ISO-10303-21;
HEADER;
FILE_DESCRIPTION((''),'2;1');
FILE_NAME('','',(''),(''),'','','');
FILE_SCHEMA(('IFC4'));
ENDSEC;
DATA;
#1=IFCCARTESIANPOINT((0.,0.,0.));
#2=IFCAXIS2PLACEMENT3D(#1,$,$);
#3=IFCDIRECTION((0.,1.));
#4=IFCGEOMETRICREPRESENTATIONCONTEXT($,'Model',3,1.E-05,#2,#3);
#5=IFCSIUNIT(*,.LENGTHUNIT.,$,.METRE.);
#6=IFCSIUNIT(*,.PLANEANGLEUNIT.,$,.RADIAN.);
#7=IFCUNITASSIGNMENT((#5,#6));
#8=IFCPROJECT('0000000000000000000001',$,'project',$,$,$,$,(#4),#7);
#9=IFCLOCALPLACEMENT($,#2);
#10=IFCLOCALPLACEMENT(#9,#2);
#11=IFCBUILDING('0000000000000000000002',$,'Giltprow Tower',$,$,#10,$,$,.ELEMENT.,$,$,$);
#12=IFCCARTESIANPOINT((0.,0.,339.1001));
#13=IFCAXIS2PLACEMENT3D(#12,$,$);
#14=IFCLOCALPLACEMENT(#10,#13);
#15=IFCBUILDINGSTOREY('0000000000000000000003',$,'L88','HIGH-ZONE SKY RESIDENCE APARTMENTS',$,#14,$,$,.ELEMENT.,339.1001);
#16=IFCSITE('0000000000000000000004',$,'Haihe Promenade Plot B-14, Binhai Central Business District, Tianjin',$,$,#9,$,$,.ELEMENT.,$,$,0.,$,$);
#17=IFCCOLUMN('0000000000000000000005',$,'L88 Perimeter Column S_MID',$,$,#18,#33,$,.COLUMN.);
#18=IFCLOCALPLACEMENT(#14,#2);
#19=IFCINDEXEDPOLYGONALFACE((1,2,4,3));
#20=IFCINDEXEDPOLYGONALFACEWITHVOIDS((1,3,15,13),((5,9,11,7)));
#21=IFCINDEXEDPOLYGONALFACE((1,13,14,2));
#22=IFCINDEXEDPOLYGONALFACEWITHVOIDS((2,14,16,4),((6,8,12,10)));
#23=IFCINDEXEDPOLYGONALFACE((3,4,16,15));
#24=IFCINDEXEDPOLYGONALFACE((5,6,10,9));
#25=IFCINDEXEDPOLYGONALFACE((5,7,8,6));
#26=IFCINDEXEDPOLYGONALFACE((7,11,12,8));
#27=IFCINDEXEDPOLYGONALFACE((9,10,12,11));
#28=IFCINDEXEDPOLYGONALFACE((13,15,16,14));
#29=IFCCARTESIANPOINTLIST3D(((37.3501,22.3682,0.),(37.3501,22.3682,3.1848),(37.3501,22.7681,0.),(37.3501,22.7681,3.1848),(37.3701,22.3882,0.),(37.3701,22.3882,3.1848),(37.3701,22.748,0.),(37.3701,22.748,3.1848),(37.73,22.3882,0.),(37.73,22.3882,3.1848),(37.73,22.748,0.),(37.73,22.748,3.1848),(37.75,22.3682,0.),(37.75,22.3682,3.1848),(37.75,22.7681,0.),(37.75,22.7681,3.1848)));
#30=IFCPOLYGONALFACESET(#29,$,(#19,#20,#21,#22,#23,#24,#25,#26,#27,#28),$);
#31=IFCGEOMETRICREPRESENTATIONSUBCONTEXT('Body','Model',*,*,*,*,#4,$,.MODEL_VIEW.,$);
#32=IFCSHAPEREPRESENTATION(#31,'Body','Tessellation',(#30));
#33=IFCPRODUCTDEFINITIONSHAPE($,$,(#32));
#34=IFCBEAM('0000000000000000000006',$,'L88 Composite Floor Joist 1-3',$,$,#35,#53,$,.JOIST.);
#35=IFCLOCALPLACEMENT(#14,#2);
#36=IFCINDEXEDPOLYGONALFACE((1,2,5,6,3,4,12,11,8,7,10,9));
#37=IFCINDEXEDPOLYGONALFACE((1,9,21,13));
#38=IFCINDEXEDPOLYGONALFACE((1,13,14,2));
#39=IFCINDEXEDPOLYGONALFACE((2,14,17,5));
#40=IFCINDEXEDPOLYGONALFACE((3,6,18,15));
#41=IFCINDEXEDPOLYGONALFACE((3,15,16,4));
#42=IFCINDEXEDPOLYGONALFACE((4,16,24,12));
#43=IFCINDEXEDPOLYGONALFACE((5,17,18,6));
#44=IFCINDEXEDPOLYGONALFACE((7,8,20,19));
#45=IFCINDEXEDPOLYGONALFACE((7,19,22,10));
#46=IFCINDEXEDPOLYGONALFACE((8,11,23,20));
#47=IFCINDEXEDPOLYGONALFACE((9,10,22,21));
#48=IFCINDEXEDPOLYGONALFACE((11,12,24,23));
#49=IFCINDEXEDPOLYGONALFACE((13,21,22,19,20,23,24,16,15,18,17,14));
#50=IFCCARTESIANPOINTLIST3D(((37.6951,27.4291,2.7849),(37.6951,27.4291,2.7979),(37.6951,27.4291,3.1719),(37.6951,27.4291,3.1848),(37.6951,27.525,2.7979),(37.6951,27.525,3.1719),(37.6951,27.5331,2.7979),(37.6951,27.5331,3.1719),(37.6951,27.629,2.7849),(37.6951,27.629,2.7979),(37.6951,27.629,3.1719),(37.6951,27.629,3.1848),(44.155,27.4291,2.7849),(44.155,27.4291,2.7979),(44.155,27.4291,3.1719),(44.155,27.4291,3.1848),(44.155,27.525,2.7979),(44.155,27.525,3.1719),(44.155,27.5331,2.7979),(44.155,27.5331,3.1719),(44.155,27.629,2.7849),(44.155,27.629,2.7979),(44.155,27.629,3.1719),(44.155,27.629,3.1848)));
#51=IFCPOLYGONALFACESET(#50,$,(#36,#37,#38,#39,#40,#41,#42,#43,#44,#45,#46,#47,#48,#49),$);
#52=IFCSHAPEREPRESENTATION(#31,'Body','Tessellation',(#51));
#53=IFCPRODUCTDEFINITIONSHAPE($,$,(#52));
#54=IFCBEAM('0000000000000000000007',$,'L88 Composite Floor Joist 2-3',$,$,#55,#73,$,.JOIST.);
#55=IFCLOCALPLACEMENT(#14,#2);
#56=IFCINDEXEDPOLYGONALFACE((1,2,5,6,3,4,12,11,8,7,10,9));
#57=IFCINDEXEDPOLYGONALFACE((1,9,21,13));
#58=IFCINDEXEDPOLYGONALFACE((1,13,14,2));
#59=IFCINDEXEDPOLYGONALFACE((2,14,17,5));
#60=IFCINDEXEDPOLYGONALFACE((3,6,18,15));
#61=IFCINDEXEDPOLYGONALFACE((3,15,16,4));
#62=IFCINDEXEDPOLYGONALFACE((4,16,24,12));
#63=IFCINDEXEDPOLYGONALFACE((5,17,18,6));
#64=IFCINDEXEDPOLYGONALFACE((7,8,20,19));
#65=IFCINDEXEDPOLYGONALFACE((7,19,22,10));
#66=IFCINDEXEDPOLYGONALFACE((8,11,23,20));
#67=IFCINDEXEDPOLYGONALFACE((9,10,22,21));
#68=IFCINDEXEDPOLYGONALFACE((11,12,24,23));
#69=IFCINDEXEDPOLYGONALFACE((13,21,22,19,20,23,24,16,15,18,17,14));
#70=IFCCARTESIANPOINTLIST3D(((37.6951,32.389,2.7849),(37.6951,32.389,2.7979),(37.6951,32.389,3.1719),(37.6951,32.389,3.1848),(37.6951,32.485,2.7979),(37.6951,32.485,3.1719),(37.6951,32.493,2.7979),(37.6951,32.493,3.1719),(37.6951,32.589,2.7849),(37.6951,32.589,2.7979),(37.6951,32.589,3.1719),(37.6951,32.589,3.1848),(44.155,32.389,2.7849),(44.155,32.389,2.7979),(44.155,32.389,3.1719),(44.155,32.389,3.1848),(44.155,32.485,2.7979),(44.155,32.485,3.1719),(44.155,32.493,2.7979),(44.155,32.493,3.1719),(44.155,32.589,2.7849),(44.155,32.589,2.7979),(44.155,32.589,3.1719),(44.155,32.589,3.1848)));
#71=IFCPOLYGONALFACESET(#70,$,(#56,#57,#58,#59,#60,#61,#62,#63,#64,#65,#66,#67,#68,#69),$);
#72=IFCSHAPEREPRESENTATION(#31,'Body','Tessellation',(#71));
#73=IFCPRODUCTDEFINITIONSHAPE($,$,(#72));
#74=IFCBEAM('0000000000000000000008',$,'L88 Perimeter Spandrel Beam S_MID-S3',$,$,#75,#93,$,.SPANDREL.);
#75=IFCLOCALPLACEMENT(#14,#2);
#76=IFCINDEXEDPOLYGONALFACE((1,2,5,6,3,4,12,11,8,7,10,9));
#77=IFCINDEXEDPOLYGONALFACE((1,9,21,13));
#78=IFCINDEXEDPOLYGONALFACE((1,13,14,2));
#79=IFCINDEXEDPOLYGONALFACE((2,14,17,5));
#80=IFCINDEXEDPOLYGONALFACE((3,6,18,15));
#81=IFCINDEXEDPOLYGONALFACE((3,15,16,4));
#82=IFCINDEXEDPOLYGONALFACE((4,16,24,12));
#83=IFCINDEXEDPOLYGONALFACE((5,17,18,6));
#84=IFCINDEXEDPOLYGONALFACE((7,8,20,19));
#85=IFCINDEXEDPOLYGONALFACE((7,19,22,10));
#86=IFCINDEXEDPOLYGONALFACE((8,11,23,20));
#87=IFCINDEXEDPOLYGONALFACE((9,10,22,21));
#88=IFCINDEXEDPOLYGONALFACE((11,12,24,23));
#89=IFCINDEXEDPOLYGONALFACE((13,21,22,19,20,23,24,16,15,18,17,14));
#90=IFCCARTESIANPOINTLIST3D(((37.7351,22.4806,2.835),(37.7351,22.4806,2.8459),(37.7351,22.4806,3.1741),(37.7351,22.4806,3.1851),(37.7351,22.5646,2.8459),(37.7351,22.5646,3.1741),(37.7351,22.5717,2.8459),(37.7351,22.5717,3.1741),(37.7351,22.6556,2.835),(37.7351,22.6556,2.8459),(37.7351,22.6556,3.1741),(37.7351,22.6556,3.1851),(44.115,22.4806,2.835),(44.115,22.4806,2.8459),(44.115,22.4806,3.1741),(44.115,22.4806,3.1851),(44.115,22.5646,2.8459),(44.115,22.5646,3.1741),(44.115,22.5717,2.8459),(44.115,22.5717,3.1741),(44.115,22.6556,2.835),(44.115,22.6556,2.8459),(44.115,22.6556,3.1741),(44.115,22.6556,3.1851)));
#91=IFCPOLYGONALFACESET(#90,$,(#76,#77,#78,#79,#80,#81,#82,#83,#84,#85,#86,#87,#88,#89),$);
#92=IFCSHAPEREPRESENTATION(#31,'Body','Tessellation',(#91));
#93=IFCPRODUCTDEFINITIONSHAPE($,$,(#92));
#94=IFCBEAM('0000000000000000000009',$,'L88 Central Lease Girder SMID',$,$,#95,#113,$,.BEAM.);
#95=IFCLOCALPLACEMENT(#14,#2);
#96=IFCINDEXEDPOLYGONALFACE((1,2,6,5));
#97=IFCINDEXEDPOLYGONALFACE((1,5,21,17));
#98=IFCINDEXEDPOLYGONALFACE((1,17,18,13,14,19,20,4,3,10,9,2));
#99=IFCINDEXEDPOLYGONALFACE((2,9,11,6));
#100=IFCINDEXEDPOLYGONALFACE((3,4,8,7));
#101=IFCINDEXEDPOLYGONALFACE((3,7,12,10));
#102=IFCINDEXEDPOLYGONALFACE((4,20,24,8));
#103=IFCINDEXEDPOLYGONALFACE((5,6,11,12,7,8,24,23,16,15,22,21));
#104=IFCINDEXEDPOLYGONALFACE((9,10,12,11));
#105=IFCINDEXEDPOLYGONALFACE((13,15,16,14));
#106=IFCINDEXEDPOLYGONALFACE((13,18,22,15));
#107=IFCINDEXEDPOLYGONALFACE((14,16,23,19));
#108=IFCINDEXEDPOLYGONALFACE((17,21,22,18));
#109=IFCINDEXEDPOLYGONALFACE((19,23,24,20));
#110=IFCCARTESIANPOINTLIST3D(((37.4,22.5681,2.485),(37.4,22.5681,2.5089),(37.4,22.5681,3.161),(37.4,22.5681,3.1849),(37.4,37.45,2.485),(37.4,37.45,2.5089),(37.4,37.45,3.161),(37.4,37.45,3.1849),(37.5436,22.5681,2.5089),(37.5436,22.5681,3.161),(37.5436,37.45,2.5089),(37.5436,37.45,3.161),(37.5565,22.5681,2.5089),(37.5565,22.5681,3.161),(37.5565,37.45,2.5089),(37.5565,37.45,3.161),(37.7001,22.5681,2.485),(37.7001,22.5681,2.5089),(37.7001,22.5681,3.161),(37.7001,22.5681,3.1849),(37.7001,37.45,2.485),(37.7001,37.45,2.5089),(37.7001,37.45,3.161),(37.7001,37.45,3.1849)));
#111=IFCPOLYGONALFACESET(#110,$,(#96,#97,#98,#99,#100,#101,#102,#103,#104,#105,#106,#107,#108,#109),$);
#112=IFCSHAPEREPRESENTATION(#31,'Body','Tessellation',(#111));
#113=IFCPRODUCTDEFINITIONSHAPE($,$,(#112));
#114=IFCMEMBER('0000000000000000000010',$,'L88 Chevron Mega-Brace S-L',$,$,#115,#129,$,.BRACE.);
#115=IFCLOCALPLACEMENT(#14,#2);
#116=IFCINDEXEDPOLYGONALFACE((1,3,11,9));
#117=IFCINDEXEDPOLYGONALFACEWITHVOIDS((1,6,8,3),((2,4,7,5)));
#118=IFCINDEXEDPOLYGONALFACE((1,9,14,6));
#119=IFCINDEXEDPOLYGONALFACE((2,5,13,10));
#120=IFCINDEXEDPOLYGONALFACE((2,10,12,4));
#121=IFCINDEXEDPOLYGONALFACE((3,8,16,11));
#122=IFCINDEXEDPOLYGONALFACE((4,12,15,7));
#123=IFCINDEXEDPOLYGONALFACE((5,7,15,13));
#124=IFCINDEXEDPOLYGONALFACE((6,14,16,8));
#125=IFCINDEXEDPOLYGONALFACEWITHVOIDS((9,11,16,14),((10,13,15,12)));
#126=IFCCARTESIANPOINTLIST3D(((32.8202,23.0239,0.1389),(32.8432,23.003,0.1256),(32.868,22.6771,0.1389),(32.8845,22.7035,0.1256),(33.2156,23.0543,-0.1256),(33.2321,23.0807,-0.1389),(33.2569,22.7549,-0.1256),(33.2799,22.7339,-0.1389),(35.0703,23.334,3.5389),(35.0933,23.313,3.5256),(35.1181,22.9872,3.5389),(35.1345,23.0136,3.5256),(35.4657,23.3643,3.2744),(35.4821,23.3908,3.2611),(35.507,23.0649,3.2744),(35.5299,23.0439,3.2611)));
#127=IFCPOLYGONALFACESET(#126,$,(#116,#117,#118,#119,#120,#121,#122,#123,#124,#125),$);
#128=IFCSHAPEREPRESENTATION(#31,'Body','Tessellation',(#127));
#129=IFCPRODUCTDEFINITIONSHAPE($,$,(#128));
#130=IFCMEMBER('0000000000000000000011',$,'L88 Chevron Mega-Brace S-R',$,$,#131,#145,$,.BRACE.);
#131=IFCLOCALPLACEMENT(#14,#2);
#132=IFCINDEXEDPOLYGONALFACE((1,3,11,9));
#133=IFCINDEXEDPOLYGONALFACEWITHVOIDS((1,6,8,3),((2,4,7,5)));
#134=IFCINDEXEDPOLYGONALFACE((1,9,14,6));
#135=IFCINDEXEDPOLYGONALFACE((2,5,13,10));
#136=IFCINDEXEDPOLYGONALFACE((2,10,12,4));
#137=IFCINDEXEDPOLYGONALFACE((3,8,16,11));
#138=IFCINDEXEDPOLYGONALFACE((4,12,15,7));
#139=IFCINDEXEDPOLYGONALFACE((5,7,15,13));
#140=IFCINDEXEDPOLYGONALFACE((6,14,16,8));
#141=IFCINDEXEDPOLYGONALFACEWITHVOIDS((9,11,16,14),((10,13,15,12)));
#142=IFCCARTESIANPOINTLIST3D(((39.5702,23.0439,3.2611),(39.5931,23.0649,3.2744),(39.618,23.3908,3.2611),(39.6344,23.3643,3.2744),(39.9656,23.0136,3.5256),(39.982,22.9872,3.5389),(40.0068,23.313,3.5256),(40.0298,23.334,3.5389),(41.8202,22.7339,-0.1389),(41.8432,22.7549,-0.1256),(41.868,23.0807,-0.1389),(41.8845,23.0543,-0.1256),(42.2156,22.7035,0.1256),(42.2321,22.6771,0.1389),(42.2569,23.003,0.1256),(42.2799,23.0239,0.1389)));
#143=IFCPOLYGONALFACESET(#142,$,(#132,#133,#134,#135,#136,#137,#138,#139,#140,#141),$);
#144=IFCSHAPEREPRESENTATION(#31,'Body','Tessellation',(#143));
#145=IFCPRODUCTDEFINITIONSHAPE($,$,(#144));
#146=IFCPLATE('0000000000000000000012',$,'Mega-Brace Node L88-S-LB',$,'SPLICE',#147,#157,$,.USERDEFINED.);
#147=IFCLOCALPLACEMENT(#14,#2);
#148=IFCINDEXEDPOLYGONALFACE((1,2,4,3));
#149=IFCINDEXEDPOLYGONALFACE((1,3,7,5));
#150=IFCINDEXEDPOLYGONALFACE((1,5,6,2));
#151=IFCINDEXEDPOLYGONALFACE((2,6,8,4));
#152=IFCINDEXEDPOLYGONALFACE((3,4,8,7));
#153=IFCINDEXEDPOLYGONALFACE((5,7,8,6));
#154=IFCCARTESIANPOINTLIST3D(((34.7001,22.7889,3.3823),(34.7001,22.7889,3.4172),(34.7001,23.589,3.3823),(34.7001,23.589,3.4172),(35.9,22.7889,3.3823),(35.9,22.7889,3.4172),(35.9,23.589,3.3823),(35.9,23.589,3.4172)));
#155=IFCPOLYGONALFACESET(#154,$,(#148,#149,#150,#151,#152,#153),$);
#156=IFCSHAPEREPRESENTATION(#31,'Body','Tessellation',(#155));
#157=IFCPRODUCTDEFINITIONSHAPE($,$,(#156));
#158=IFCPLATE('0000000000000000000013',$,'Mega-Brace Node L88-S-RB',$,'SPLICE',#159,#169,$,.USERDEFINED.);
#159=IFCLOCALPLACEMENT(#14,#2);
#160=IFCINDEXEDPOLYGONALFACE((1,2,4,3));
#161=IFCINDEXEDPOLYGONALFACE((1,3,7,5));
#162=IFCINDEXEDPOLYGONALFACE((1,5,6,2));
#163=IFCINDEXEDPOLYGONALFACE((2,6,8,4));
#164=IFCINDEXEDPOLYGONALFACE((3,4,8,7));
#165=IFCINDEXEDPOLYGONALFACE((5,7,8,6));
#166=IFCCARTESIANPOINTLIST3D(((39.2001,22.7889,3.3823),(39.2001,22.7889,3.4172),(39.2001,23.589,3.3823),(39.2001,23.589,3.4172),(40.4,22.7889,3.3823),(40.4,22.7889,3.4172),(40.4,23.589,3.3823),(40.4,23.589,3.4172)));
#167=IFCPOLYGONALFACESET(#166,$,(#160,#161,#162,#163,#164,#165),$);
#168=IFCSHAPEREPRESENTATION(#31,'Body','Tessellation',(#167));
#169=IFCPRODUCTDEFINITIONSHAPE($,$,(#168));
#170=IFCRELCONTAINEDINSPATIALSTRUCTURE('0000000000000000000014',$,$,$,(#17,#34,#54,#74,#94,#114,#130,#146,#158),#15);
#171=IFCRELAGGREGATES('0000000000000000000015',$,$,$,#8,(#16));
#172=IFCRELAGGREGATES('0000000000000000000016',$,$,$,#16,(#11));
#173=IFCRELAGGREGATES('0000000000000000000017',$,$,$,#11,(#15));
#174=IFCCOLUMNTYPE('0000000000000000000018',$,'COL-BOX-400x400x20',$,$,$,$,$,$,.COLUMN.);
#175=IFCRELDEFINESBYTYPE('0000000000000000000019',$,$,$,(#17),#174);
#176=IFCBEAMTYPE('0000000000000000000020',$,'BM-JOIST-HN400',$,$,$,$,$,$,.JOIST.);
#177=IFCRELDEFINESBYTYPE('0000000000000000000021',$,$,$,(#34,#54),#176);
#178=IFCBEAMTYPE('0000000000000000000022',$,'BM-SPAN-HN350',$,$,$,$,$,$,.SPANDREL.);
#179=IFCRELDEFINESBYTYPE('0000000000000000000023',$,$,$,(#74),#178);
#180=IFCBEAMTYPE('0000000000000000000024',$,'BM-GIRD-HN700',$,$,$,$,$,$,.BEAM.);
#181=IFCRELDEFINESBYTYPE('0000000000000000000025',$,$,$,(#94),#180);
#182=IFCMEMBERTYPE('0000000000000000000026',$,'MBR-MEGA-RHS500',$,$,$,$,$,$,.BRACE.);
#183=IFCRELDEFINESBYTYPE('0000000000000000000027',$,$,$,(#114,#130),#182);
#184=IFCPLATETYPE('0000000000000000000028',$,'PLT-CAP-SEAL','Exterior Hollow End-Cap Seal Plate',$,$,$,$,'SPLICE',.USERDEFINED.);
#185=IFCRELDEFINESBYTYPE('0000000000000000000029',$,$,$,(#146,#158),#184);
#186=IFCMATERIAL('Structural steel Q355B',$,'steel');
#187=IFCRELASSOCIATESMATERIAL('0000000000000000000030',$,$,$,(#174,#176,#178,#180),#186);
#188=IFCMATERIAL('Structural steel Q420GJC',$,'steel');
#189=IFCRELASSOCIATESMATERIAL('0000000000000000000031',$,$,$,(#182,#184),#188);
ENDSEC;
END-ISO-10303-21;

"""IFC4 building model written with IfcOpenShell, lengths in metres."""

from ifc_helpers import new_model, si_unit, direction, frame, origin, origin_2d, place, context, subcontext, project, spatial, rectangle, hollow_rectangle, i_section, extrude, source, transform, mapped, material, material_profile, profile_set, type_object, element, save


model = new_model("IFC4")

# Units and contexts
model_context = context("Model", 3, precision=1e-05, world=origin(), true_north=direction((0.0, 1.0)))
body_context = subcontext(model_context, "Body", "Model", "MODEL_VIEW")
ifc_project = project(units=[si_unit("LENGTHUNIT", "METRE"), si_unit("PLANEANGLEUNIT", "RADIAN")], contexts=[model_context])

# Site, building, storey
site_placement = place(None, origin())
site = spatial("IfcSite", under=ifc_project, at=site_placement, Name="Haihe Promenade Plot B-14, Binhai Central Business District, Tianjin", CompositionType="ELEMENT", RefElevation=0.0)
building_placement = place(site_placement, origin())
building = spatial("IfcBuilding", under=site, at=building_placement, Name="Giltprow Tower", CompositionType="ELEMENT")
storey_placement = place(building_placement, frame((0.0, 0.0, 339.1001)))
storey = spatial("IfcBuildingStorey", under=building, at=storey_placement, Name="L88", Description="HIGH-ZONE SKY RESIDENCE APARTMENTS", CompositionType="ELEMENT", Elevation=339.1001)

# Column
ifc_material_1 = material(Name="Structural steel Q355B", Category="steel")
ifc_material_profile_1 = material_profile(ifc_material_1, hollow_rectangle(XDim=0.3999, YDim=0.3999, WallThickness=0.02, at=origin_2d()), Name="BOX 400x400x20")
ifc_profile_set_1 = profile_set([ifc_material_profile_1], Name="Structural steel Q355B")
column_type = type_object("IfcColumnType", Name="COL-BOX-400x400x20", PredefinedType="COLUMN", material=ifc_profile_set_1)
shared_shape_1 = source(origin(), body_context, "Body", "SweptSolid", [
    extrude(hollow_rectangle(XDim=0.3999, YDim=0.3999, WallThickness=0.02, at=origin_2d()), origin(), (0.0, 0.0, 1.0), 3.1848),
])
column_placement = place(storey_placement, frame((37.55, 22.5681, 0.0), z_axis=(0.0, 0.0, 1.0), x_axis=(1.0, 0.0, 0.0)))
element("IfcColumn", 1, at=column_placement, inside=storey, type_object=column_type, Name="L88 Perimeter Column S_MID", PredefinedType="COLUMN", context=body_context, shape_type="MappedRepresentation", body=[
    mapped(shared_shape_1, transform((0.0, 0.0, 0.0), x_axis=(1.0, 0.0, 0.0), y_axis=(0.0, 1.0, 0.0), z_axis=(0.0, 0.0, 1.0), scale=1.0)),
])

# Beams
ifc_material_profile_2 = material_profile(ifc_material_1, i_section(OverallWidth=0.2, OverallDepth=0.3999, WebThickness=0.0081, FlangeThickness=0.0129, at=origin_2d()), Name="HN 400x200x8x13")
ifc_profile_set_2 = profile_set([ifc_material_profile_2], Name="Structural steel Q355B")
beam_type_1 = type_object("IfcBeamType", Name="BM-JOIST-HN400", PredefinedType="JOIST", material=ifc_profile_set_2)
shared_shape_2 = source(origin(), body_context, "Body", "SweptSolid", [
    extrude(i_section(OverallWidth=0.2, OverallDepth=0.3999, WebThickness=0.0081, FlangeThickness=0.0129, at=origin_2d()), origin(), (0.0, 0.0, 1.0), 6.46),
])
for number, where, z_axis, x_axis, name in (
    (2, (37.6951, 27.5291, 2.9849), (1.0, 0.0, 0.0), (0.0, 1.0, 0.0), "L88 Composite Floor Joist 1-3"),
    (3, (37.6951, 32.489, 2.9849), (1.0, 0.0, 0.0), (0.0, 1.0, 0.0), "L88 Composite Floor Joist 2-3"),
):
    element("IfcBeam", number, at=place(storey_placement, frame(where, z_axis=z_axis, x_axis=x_axis)), inside=storey, type_object=beam_type_1, Name=name, PredefinedType="JOIST", context=body_context, shape_type="MappedRepresentation", body=[
        mapped(shared_shape_2, transform((0.0, 0.0, 0.0), x_axis=(1.0, 0.0, 0.0), y_axis=(0.0, 1.0, 0.0), z_axis=(0.0, 0.0, 1.0), scale=1.0)),
    ])
ifc_material_profile_3 = material_profile(ifc_material_1, i_section(OverallWidth=0.175, OverallDepth=0.3501, WebThickness=0.0071, FlangeThickness=0.011, at=origin_2d()), Name="HN 350x175x7x11")
ifc_profile_set_3 = profile_set([ifc_material_profile_3], Name="Structural steel Q355B")
beam_type_2 = type_object("IfcBeamType", Name="BM-SPAN-HN350", PredefinedType="SPANDREL", material=ifc_profile_set_3)
shared_shape_3 = source(origin(), body_context, "Body", "SweptSolid", [
    extrude(i_section(OverallWidth=0.175, OverallDepth=0.3501, WebThickness=0.0071, FlangeThickness=0.011, at=origin_2d()), origin(), (0.0, 0.0, 1.0), 6.3799),
])
beam_1_placement = place(storey_placement, frame((37.7351, 22.5681, 3.01), z_axis=(1.0, 0.0, 0.0), x_axis=(0.0, 1.0, 0.0)))
element("IfcBeam", 4, at=beam_1_placement, inside=storey, type_object=beam_type_2, Name="L88 Perimeter Spandrel Beam S_MID-S3", PredefinedType="SPANDREL", context=body_context, shape_type="MappedRepresentation", body=[
    mapped(shared_shape_3, transform((0.0, 0.0, 0.0), x_axis=(1.0, 0.0, 0.0), y_axis=(0.0, 1.0, 0.0), z_axis=(0.0, 0.0, 1.0), scale=1.0)),
])
ifc_material_profile_4 = material_profile(ifc_material_1, i_section(OverallWidth=0.3, OverallDepth=0.7, WebThickness=0.0129, FlangeThickness=0.0239, at=origin_2d()), Name="HN 700x300x13x24")
ifc_profile_set_4 = profile_set([ifc_material_profile_4], Name="Structural steel Q355B")
beam_type_3 = type_object("IfcBeamType", Name="BM-GIRD-HN700", PredefinedType="BEAM", material=ifc_profile_set_4)
shared_shape_4 = source(origin(), body_context, "Body", "SweptSolid", [
    extrude(i_section(OverallWidth=0.3, OverallDepth=0.7, WebThickness=0.0129, FlangeThickness=0.0239, at=origin_2d()), origin(), (0.0, 0.0, 1.0), 14.8818),
])
beam_2_placement = place(storey_placement, frame((37.55, 22.5681, 2.835), z_axis=(0.0, 1.0, 0.0), x_axis=(-1.0, 0.0, 0.0)))
element("IfcBeam", 5, at=beam_2_placement, inside=storey, type_object=beam_type_3, Name="L88 Central Lease Girder SMID", PredefinedType="BEAM", context=body_context, shape_type="MappedRepresentation", body=[
    mapped(shared_shape_4, transform((0.0, 0.0, 0.0), x_axis=(1.0, 0.0, 0.0), y_axis=(0.0, 1.0, 0.0), z_axis=(0.0, 0.0, 1.0), scale=1.0)),
])

# Members
ifc_material_2 = material(Name="Structural steel Q420GJC", Category="steel")
ifc_material_profile_5 = material_profile(ifc_material_2, hollow_rectangle(XDim=0.3501, YDim=0.5, WallThickness=0.0239, at=origin_2d()), Name="RHS 500x350x24")
ifc_profile_set_5 = profile_set([ifc_material_profile_5], Name="Structural steel Q420GJC")
member_type = type_object("IfcMemberType", Name="MBR-MEGA-RHS500", PredefinedType="BRACE", material=ifc_profile_set_5)
shared_shape_5 = source(origin(), body_context, "Body", "SweptSolid", [
    extrude(hollow_rectangle(XDim=0.3501, YDim=0.5, WallThickness=0.0239, at=origin_2d()), origin(), (0.0, 0.0, 1.0), 4.0889),
])
for number, where, z_axis, x_axis, name in (
    (6, (33.05, 22.8789, 0.0), (0.550289, 0.075832, 0.831524), (-0.136514, 0.990638, 0.0), "L88 Chevron Mega-Brace S-L"),
    (7, (42.05, 22.8789, 0.0), (-0.550289, 0.075832, 0.831524), (-0.136514, -0.990638, 0.0), "L88 Chevron Mega-Brace S-R"),
):
    element("IfcMember", number, at=place(storey_placement, frame(where, z_axis=z_axis, x_axis=x_axis)), inside=storey, type_object=member_type, Name=name, PredefinedType="BRACE", context=body_context, shape_type="MappedRepresentation", body=[
        mapped(shared_shape_5, transform((0.0, 0.0, 0.0), x_axis=(1.0, 0.0, 0.0), y_axis=(0.0, 1.0, 0.0), z_axis=(0.0, 0.0, 1.0), scale=1.0)),
    ])

# Plates
plate_type = type_object("IfcPlateType", Name="PLT-CAP-SEAL", Description="Exterior Hollow End-Cap Seal Plate", ElementType="SPLICE", PredefinedType="USERDEFINED", material=ifc_material_2)
shared_shape_6 = source(origin(), body_context, "Body", "SweptSolid", [
    extrude(rectangle(XDim=1.2, YDim=0.8, at=origin_2d()), origin(), (0.0, 0.0, 1.0), 0.0349),
])
for number, where, z_axis, x_axis, name in (
    (8, (35.3, 23.189, 3.3823), (0.0, 0.0, 1.0), (1.0, 0.0, 0.0), "Mega-Brace Node L88-S-LB"),
    (9, (39.8, 23.189, 3.3823), (0.0, 0.0, 1.0), (1.0, 0.0, 0.0), "Mega-Brace Node L88-S-RB"),
):
    element("IfcPlate", number, at=place(storey_placement, frame(where, z_axis=z_axis, x_axis=x_axis)), inside=storey, type_object=plate_type, Name=name, ObjectType="SPLICE", PredefinedType="USERDEFINED", context=body_context, shape_type="MappedRepresentation", body=[
        mapped(shared_shape_6, transform((0.0, 0.0, 0.0), x_axis=(1.0, 0.0, 0.0), y_axis=(0.0, 1.0, 0.0), z_axis=(0.0, 0.0, 1.0), scale=1.0)),
    ])

save(model, "model.ifc")
